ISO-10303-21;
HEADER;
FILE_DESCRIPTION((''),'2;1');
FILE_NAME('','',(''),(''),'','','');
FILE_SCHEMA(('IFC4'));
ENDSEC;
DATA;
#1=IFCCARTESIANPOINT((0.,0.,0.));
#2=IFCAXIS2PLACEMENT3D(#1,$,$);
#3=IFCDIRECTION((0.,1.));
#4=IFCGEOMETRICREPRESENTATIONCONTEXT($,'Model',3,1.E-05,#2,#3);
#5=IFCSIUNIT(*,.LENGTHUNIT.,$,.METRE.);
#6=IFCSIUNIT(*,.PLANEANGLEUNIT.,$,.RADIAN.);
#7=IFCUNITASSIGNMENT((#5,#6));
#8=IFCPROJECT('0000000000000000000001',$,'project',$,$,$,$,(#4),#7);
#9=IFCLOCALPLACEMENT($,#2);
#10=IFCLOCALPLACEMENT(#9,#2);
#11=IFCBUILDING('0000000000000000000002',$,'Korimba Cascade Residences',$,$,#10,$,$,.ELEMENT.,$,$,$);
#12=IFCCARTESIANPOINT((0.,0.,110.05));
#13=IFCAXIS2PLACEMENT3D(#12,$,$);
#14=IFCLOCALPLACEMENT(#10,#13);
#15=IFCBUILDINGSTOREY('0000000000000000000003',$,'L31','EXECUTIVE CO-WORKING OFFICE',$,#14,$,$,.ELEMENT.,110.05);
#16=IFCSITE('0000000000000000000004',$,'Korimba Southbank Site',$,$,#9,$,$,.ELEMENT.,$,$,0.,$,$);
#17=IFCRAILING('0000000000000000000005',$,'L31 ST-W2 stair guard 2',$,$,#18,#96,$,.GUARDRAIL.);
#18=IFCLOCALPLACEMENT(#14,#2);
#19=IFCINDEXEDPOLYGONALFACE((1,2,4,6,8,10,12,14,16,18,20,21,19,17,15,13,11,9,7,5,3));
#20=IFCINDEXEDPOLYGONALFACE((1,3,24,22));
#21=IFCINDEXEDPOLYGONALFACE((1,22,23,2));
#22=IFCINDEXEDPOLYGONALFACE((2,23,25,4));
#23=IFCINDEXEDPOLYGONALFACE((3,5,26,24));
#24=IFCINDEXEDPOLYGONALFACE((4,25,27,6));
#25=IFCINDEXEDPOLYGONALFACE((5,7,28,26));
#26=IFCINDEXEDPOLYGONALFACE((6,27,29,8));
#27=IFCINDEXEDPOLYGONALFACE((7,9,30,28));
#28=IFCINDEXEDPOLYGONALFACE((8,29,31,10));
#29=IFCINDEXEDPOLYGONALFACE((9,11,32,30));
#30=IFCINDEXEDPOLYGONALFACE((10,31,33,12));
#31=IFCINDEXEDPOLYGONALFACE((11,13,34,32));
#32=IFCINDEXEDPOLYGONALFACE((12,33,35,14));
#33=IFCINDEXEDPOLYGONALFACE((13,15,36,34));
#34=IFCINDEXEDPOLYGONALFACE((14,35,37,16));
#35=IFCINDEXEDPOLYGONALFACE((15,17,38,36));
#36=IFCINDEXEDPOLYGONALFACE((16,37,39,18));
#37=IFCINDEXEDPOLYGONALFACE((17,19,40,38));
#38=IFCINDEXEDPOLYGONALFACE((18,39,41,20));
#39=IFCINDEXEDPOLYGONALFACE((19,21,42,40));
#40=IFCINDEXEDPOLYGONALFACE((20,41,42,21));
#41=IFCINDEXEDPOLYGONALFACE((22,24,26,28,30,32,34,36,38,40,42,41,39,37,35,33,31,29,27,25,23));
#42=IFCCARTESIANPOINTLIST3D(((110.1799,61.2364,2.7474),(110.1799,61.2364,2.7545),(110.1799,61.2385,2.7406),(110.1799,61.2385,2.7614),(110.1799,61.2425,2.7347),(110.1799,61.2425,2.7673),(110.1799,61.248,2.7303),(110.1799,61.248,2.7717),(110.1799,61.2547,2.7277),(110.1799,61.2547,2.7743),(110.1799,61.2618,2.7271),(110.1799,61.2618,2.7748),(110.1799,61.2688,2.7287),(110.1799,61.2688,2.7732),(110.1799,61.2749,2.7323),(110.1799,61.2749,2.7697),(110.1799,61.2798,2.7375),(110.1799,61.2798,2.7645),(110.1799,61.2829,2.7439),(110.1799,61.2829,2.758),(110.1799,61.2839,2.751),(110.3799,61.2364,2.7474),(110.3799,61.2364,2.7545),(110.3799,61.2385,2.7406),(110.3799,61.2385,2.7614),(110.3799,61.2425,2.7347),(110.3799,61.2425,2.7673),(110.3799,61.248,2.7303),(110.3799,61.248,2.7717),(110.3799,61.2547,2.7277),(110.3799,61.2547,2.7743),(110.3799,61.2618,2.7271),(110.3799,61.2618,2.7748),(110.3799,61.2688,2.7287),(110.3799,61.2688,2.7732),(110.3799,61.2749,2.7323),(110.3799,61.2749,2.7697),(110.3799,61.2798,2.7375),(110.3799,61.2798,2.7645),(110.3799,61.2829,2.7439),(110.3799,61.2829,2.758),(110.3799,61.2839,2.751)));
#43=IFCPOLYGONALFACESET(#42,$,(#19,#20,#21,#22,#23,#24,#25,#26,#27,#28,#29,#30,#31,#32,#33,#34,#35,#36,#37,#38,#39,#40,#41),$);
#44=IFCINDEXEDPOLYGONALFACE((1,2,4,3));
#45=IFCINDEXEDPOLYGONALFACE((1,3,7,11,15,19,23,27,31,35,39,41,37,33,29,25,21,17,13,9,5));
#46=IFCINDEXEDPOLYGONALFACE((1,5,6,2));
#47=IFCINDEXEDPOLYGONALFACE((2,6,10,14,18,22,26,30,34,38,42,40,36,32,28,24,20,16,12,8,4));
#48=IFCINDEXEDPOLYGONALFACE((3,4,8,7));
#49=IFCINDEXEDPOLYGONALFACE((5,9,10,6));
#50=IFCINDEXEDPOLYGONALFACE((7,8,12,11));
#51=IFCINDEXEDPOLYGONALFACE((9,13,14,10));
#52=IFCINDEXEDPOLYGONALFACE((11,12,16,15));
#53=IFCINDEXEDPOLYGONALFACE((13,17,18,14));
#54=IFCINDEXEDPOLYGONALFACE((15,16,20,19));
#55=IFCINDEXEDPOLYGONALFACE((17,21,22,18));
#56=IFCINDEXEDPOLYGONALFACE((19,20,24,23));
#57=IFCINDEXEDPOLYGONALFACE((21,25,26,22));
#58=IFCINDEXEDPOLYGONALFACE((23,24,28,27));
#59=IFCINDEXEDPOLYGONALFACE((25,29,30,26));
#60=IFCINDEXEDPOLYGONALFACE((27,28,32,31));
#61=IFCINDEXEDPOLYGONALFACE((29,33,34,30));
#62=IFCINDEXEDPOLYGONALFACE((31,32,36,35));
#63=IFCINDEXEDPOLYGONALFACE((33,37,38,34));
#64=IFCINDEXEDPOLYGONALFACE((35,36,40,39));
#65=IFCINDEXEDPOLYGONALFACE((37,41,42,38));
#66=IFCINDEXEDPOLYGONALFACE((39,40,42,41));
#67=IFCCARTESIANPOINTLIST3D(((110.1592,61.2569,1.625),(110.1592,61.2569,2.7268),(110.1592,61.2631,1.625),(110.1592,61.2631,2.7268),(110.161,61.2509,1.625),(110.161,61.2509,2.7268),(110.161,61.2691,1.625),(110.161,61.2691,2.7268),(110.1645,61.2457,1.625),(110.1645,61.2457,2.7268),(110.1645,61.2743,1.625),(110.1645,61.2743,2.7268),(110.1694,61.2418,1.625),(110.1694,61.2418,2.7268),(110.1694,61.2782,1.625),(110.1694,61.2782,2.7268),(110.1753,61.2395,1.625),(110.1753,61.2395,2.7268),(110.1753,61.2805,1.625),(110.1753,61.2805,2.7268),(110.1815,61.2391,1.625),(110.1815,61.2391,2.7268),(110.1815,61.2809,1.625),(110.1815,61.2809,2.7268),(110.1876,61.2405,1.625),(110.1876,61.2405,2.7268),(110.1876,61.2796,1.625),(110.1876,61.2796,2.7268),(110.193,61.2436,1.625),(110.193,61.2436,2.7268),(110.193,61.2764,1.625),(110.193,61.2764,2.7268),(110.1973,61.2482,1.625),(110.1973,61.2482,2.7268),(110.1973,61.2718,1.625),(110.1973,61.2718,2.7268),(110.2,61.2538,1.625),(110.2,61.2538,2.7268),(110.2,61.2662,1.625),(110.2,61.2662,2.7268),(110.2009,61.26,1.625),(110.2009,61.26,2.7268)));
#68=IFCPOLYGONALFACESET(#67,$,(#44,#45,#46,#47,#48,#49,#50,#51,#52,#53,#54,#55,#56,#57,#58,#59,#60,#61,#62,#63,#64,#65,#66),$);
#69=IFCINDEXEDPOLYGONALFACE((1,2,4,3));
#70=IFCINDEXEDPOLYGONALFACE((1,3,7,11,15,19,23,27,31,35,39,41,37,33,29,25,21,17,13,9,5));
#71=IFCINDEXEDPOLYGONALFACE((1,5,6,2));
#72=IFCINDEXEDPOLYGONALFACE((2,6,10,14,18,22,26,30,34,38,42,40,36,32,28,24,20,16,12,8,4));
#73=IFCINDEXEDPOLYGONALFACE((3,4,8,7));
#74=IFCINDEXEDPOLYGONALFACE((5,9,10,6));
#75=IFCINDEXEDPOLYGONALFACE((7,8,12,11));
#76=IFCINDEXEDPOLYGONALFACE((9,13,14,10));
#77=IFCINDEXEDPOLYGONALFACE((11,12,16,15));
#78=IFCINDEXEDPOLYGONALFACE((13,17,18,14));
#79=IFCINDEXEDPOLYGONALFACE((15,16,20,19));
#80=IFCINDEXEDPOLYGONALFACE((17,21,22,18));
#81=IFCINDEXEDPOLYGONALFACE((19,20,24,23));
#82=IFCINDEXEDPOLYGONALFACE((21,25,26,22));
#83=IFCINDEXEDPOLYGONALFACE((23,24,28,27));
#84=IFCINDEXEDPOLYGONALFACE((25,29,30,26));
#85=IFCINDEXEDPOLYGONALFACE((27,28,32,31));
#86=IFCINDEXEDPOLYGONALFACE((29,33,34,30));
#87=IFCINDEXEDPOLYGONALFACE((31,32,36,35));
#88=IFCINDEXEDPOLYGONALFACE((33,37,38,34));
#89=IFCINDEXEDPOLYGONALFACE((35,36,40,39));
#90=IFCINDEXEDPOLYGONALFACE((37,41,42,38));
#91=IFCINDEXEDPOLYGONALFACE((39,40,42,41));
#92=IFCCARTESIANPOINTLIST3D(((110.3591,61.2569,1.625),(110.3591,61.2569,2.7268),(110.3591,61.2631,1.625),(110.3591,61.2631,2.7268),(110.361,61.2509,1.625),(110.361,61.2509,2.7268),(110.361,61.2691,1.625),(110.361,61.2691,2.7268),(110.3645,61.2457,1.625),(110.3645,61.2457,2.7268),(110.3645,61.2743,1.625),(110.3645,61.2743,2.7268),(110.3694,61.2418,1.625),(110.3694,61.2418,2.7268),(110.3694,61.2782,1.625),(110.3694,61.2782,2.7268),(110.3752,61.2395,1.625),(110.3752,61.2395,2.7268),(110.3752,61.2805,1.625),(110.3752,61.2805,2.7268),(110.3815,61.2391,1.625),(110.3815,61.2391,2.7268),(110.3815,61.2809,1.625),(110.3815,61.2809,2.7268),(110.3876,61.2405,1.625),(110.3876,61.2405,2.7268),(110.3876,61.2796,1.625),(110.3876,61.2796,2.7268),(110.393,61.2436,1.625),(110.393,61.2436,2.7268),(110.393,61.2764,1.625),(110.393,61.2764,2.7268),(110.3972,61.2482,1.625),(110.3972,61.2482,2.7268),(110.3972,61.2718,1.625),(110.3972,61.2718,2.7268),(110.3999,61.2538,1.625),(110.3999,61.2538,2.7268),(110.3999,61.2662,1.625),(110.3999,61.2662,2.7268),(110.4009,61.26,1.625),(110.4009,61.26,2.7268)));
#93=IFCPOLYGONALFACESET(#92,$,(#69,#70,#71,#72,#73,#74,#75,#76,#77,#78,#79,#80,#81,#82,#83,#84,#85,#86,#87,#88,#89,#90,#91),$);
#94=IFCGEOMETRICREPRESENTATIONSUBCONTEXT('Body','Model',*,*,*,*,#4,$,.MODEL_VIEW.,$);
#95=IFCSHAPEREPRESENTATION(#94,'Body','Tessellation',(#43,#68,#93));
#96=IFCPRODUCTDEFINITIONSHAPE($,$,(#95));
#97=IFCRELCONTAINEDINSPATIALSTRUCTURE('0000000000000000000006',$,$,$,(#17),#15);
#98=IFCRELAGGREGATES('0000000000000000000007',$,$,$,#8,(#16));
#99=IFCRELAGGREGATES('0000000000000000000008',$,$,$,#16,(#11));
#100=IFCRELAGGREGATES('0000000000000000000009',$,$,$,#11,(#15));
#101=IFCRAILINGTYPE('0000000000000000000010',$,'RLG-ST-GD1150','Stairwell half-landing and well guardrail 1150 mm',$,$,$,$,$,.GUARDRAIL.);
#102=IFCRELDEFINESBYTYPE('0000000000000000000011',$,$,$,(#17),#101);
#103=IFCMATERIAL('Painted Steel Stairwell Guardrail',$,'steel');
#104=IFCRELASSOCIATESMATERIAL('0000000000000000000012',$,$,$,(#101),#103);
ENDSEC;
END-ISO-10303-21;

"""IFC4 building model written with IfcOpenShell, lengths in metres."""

from ifc_helpers import new_model, si_unit, direction, frame, origin, origin_2d, place, context, subcontext, project, spatial, circle, extrude, material, type_object, element, save


model = new_model("IFC4")

# Units and contexts
model_context = context("Model", 3, precision=1e-05, world=origin(), true_north=direction((0.0, 1.0)))
body_context = subcontext(model_context, "Body", "Model", "MODEL_VIEW")
ifc_project = project(units=[si_unit("LENGTHUNIT", "METRE"), si_unit("PLANEANGLEUNIT", "RADIAN")], contexts=[model_context])

# Site, building, storey
site_placement = place(None, origin())
site = spatial("IfcSite", under=ifc_project, at=site_placement, Name="Korimba Southbank Site", CompositionType="ELEMENT", RefElevation=0.0)
building_placement = place(site_placement, origin())
building = spatial("IfcBuilding", under=site, at=building_placement, Name="Korimba Cascade Residences", CompositionType="ELEMENT")
storey_placement = place(building_placement, frame((0.0, 0.0, 110.05)))
storey = spatial("IfcBuildingStorey", under=building, at=storey_placement, Name="L31", Description="EXECUTIVE CO-WORKING OFFICE", CompositionType="ELEMENT", Elevation=110.05)

# Railing
ifc_material_1 = material(Name="Painted Steel Stairwell Guardrail", Category="steel")
railing_type_1 = type_object("IfcRailingType", Name="RLG-ST-GD1150", Description="Stairwell half-landing and well guardrail 1150 mm", PredefinedType="GUARDRAIL", material=ifc_material_1)
railing_1_placement = place(storey_placement, frame((110.1799, 61.26, 1.625)))
element("IfcRailing", 1, at=railing_1_placement, inside=storey, type_object=railing_type_1, Name="L31 ST-W2 stair guard 2", PredefinedType="GUARDRAIL", context=body_context, shape_type="SweptSolid", body=[
    extrude(circle(Radius=0.0239, at=origin_2d()), frame((0.0, 0.0, 1.126), z_axis=(1.0, 0.0, 0.0), x_axis=(0.0, 1.0, 0.0)), (0.0, 0.0, 1.0), 0.2),
    extrude(circle(Radius=0.021, at=origin_2d()), origin(), (0.0, 0.0, 1.0), 1.1018),
    extrude(circle(Radius=0.021, at=origin_2d()), frame((0.2, 0.0, 0.0)), (0.0, 0.0, 1.0), 1.1018),
])

save(model, "model.ifc")
